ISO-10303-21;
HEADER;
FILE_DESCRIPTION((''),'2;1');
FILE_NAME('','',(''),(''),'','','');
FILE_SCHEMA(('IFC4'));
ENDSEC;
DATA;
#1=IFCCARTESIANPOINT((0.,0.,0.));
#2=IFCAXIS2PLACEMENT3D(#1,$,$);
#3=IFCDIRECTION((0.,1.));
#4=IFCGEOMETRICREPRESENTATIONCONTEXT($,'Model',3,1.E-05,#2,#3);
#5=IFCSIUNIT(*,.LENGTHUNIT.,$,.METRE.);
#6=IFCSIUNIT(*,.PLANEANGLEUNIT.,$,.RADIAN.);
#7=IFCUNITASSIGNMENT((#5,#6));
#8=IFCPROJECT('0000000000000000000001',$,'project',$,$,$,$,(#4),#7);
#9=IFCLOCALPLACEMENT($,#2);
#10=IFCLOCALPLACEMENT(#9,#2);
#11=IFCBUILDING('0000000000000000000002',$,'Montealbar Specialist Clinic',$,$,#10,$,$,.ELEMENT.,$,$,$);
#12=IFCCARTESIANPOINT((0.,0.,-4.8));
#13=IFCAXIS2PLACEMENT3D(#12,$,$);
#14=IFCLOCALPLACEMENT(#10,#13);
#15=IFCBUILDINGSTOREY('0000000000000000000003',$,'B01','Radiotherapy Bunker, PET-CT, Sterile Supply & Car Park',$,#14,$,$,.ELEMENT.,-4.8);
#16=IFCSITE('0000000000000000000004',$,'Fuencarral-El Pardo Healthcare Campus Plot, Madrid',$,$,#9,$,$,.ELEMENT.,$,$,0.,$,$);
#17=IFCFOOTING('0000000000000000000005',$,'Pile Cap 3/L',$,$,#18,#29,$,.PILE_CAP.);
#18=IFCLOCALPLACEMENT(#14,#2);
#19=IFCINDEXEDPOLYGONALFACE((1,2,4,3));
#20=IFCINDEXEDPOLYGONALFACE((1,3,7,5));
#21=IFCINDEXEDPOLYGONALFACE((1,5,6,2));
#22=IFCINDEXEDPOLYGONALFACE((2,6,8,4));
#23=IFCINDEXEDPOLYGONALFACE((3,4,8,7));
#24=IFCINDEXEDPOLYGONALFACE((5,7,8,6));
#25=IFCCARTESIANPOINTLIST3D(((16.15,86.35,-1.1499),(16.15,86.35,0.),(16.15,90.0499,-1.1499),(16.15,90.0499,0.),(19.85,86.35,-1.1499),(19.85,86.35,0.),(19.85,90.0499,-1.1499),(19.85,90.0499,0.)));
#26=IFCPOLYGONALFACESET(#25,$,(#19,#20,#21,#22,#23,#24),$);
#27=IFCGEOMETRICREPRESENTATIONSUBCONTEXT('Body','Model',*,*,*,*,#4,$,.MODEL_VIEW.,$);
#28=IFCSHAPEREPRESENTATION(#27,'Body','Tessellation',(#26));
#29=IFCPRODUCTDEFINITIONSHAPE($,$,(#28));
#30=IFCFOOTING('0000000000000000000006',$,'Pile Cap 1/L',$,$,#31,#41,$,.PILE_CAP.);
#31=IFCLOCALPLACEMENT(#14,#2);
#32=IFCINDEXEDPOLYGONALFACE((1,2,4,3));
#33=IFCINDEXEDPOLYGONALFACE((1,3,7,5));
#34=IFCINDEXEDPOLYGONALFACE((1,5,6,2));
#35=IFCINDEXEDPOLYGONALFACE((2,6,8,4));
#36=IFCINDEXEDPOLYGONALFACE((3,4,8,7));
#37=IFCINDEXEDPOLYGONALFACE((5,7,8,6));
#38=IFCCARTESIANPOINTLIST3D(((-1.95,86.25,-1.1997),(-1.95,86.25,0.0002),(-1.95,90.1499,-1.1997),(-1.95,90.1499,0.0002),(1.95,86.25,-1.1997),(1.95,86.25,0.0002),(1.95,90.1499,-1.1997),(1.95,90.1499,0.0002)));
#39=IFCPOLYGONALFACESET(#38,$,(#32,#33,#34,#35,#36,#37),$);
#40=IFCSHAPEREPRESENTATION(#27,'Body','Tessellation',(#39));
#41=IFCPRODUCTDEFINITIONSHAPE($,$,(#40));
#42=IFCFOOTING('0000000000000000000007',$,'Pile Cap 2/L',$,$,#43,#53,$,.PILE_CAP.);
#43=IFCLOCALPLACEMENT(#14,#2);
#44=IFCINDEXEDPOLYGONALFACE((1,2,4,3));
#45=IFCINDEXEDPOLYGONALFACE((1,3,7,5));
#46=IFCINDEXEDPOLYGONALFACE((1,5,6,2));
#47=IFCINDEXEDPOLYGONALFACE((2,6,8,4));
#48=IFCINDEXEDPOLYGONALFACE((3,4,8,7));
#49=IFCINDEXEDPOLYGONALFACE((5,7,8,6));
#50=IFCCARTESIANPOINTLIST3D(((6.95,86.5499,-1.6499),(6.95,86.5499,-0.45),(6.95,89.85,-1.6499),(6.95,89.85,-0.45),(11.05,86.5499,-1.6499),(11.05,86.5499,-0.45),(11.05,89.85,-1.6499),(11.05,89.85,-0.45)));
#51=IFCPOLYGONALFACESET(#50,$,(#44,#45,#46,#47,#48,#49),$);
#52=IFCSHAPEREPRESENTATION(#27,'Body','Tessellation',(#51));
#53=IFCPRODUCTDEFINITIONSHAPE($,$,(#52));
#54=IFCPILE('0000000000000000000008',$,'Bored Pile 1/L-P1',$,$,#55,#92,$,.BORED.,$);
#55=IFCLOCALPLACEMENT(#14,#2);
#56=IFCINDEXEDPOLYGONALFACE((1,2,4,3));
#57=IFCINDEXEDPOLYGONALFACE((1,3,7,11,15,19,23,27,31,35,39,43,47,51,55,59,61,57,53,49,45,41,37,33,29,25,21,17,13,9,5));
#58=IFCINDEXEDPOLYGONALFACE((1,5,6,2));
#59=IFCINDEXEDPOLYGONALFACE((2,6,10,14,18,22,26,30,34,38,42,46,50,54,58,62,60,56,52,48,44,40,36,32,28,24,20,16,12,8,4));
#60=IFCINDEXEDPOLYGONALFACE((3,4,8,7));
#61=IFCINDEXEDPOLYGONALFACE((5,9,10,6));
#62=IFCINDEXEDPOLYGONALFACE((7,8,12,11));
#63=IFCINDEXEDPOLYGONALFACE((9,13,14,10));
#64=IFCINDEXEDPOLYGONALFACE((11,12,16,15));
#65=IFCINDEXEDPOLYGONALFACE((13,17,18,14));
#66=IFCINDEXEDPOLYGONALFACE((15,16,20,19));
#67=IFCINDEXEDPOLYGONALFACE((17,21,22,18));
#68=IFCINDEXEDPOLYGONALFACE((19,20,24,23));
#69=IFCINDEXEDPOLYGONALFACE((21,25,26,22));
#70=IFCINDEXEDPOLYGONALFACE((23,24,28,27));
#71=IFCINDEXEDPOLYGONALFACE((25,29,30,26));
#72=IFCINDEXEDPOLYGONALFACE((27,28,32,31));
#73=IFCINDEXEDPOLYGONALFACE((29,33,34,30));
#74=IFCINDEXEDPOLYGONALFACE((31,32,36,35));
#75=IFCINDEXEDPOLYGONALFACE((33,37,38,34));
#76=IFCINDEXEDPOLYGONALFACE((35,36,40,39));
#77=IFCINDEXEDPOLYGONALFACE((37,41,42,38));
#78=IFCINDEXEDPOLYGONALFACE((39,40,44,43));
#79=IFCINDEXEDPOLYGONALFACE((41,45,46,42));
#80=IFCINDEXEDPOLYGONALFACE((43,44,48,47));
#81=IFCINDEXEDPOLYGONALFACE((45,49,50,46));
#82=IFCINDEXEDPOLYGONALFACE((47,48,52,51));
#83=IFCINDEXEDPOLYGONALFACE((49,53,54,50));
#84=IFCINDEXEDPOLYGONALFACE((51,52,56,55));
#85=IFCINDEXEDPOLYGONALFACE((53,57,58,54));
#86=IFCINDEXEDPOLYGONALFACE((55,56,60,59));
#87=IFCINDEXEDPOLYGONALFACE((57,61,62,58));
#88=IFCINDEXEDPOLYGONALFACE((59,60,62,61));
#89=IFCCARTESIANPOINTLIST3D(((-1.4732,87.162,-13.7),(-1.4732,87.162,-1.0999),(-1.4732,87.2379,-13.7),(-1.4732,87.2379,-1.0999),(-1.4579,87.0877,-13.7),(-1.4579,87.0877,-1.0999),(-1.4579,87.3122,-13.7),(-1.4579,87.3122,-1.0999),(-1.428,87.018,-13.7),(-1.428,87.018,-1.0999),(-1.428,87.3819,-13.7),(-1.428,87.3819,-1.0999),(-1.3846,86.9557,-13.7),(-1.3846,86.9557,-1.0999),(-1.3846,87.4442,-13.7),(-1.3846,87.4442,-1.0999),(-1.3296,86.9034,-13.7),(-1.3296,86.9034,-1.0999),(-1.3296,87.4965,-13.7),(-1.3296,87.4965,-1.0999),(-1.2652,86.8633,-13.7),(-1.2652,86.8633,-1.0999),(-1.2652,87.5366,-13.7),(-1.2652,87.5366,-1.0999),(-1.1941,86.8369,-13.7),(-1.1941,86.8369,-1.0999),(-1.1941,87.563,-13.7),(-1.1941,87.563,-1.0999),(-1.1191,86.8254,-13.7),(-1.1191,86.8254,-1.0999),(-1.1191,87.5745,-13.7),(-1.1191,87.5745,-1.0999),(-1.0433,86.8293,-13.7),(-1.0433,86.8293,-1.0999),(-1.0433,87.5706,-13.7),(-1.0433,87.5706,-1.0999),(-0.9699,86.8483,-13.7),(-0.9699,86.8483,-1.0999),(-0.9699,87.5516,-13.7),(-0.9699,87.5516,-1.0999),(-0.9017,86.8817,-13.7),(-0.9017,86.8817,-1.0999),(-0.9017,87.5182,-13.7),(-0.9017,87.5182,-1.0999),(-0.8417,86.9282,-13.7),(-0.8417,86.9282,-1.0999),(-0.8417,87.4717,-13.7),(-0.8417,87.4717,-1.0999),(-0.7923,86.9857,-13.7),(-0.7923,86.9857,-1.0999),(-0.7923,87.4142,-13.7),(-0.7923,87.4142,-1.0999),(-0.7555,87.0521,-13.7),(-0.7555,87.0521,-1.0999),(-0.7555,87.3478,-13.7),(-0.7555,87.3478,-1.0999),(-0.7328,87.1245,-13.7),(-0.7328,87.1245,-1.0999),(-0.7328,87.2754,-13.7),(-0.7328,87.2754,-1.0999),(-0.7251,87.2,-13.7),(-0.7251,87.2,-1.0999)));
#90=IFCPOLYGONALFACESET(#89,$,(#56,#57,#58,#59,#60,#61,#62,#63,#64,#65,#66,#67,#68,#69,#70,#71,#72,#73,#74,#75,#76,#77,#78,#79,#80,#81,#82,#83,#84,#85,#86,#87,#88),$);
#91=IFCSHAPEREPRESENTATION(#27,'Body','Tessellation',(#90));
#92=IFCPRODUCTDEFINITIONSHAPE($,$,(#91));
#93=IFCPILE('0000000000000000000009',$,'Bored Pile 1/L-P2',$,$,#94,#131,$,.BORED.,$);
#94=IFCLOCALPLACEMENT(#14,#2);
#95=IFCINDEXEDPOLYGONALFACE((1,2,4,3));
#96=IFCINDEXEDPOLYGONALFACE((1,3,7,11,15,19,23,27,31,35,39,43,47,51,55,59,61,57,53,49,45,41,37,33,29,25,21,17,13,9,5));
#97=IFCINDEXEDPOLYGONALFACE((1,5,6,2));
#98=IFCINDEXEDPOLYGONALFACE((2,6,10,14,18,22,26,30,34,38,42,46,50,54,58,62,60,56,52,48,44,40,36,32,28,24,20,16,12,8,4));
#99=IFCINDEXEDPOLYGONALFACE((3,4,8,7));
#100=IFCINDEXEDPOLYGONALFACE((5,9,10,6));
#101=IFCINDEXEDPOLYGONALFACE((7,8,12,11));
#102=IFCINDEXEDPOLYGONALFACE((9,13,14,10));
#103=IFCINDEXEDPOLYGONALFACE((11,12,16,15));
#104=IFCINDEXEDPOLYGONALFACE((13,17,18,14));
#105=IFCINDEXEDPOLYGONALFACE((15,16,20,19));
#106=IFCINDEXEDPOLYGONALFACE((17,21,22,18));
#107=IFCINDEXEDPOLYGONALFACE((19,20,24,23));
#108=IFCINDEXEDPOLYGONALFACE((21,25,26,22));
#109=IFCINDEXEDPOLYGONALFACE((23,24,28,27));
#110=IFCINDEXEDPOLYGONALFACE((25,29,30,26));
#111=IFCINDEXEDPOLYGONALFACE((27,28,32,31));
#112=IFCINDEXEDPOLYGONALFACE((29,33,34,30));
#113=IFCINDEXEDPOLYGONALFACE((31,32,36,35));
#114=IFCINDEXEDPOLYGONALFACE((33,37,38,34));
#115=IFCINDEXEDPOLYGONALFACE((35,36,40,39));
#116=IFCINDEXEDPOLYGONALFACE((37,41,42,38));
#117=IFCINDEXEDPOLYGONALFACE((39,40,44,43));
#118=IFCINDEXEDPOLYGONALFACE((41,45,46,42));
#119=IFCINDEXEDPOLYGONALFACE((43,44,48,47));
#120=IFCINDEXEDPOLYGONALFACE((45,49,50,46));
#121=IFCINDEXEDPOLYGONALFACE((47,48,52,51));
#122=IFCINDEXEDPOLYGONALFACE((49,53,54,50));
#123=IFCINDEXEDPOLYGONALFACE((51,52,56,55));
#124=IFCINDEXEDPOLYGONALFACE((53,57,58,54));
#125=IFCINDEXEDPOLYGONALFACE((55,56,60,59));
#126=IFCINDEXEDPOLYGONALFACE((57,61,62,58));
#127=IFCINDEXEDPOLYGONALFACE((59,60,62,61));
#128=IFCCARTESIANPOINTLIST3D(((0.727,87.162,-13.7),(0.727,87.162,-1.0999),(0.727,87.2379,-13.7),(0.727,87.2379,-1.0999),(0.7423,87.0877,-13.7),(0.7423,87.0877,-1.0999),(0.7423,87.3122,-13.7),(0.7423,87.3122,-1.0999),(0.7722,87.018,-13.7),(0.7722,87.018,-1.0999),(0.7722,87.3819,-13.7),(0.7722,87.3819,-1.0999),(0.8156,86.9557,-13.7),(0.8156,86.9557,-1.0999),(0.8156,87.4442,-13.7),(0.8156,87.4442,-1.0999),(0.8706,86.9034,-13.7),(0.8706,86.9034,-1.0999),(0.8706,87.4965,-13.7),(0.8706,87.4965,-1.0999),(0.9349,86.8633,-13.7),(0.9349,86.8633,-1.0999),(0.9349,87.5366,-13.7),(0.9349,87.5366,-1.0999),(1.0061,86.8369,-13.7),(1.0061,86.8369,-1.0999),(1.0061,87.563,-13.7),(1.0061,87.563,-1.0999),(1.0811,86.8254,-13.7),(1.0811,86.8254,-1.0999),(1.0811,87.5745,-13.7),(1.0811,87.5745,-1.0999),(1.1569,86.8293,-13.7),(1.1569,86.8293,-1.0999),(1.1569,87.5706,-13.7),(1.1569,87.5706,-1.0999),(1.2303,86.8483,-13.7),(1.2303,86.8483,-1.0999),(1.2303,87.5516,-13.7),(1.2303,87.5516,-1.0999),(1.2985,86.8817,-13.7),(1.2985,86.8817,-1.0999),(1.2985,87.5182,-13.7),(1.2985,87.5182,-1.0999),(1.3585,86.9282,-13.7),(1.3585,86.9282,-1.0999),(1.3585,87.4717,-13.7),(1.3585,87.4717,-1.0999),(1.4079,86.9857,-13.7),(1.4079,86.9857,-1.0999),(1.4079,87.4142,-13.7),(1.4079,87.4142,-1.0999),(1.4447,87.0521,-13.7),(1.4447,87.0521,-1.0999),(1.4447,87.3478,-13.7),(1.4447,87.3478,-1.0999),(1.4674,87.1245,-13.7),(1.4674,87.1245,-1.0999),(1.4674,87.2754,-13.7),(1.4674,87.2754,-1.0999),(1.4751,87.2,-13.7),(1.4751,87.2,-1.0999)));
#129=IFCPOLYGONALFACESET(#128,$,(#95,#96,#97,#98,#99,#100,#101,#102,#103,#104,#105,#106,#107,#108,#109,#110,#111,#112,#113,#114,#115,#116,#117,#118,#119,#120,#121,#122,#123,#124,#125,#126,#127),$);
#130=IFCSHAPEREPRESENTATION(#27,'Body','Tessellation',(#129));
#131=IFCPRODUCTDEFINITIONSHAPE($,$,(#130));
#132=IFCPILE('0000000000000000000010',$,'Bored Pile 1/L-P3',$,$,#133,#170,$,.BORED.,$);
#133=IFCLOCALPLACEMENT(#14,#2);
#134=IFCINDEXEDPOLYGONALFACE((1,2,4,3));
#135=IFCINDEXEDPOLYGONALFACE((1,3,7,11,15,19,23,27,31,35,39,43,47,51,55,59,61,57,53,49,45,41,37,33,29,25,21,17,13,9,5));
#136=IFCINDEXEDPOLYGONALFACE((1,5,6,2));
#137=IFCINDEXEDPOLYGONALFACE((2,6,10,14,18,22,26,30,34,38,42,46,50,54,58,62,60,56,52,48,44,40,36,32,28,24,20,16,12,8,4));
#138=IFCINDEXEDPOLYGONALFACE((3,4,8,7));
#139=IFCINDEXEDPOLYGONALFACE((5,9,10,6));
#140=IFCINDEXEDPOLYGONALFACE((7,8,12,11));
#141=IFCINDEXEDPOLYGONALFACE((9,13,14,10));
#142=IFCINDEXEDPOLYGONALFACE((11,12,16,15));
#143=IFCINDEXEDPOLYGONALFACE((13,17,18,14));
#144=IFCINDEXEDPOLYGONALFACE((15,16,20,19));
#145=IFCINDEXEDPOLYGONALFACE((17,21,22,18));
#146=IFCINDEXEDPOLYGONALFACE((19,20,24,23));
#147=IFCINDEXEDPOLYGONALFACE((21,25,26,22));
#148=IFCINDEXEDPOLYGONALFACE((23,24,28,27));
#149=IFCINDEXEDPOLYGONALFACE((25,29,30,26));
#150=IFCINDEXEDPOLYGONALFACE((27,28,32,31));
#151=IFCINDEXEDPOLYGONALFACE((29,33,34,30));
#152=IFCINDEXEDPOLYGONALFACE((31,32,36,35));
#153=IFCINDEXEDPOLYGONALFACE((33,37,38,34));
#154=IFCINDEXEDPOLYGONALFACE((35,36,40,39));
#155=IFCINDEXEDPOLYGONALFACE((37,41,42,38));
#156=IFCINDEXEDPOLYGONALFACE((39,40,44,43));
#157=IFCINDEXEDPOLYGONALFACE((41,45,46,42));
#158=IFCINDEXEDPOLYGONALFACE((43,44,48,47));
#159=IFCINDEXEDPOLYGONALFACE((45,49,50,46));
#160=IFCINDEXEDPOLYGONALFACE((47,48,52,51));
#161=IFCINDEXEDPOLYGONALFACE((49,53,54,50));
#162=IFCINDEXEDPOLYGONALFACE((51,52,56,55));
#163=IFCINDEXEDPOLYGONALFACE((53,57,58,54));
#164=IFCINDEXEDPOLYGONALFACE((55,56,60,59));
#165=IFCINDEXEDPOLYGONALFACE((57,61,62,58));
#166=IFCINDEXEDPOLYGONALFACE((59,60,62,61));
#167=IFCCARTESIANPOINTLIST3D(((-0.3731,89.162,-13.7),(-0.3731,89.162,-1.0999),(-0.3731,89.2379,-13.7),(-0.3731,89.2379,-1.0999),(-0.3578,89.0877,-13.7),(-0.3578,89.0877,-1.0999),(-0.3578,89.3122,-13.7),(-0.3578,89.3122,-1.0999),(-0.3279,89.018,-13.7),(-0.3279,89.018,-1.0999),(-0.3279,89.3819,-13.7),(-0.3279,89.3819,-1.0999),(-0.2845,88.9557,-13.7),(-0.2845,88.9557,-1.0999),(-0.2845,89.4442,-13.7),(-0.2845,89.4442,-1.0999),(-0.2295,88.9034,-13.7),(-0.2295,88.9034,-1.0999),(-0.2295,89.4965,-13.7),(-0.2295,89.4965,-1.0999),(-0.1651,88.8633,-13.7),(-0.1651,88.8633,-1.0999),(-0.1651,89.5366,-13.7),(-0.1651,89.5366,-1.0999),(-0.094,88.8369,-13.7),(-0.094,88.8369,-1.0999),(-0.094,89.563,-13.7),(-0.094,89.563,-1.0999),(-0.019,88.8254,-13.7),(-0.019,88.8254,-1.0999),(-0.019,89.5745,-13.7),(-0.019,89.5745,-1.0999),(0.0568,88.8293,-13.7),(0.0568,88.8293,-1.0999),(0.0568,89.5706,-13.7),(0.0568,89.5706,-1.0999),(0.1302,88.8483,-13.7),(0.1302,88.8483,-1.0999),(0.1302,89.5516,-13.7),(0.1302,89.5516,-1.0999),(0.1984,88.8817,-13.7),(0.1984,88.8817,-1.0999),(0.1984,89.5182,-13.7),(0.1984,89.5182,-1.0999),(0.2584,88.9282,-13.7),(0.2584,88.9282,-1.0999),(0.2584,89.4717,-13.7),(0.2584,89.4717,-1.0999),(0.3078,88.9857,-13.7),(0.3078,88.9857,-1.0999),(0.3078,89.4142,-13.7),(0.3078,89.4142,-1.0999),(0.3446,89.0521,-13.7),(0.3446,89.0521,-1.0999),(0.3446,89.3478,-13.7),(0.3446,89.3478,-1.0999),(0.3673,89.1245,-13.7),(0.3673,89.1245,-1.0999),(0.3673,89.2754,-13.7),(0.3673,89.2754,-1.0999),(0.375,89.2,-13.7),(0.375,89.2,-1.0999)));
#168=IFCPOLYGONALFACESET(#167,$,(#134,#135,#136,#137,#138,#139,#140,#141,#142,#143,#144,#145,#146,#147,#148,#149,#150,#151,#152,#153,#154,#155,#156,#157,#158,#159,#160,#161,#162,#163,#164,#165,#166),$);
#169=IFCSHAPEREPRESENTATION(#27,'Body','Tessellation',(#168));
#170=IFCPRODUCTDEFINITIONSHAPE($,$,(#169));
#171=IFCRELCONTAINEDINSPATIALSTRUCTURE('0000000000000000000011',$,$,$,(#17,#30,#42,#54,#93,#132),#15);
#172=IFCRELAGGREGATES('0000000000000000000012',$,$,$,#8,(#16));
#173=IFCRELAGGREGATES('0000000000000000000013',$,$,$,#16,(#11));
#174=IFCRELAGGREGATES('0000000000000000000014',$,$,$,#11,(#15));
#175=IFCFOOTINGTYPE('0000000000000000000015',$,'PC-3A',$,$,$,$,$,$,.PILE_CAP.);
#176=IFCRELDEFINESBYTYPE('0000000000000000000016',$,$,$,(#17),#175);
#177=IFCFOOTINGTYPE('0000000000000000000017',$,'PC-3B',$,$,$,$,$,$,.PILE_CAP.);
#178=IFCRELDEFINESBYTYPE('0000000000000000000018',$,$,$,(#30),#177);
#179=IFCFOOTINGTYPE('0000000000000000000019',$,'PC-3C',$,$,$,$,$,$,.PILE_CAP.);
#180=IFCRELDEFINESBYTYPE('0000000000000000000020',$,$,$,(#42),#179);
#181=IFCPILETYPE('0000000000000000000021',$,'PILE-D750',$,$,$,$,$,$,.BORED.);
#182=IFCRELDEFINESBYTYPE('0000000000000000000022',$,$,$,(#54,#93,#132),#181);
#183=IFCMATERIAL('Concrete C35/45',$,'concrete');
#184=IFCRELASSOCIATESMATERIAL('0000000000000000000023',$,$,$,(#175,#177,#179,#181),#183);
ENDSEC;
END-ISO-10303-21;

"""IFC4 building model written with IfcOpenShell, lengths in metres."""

from ifc_helpers import new_model, si_unit, direction, frame, origin, origin_2d, place, context, subcontext, project, spatial, rectangle, circle, extrude, material, material_profile, profile_set, type_object, element, save


model = new_model("IFC4")

# Units and contexts
model_context = context("Model", 3, precision=1e-05, world=origin(), true_north=direction((0.0, 1.0)))
body_context = subcontext(model_context, "Body", "Model", "MODEL_VIEW")
ifc_project = project(units=[si_unit("LENGTHUNIT", "METRE"), si_unit("PLANEANGLEUNIT", "RADIAN")], contexts=[model_context])

# Site, building, storey
site_placement = place(None, origin())
site = spatial("IfcSite", under=ifc_project, at=site_placement, Name="Fuencarral-El Pardo Healthcare Campus Plot, Madrid", CompositionType="ELEMENT", RefElevation=0.0)
building_placement = place(site_placement, origin())
building = spatial("IfcBuilding", under=site, at=building_placement, Name="Montealbar Specialist Clinic", CompositionType="ELEMENT")
storey_placement = place(building_placement, frame((0.0, 0.0, -4.8)))
storey = spatial("IfcBuildingStorey", under=building, at=storey_placement, Name="B01", Description="Radiotherapy Bunker, PET-CT, Sterile Supply & Car Park", CompositionType="ELEMENT", Elevation=-4.8)

# Footings
ifc_material_1 = material(Name="Concrete C35/45", Category="concrete")
footing_type_1 = type_object("IfcFootingType", Name="PC-3A", PredefinedType="PILE_CAP", material=ifc_material_1)
footing_1_placement = place(storey_placement, frame((18.0, 88.2, -1.1499), z_axis=(0.0, 0.0, 1.0), x_axis=(1.0, 0.0, 0.0)))
element("IfcFooting", 1, at=footing_1_placement, inside=storey, type_object=footing_type_1, Name="Pile Cap 3/L", PredefinedType="PILE_CAP", context=body_context, shape_type="SweptSolid", body=[
    extrude(rectangle(XDim=3.7, YDim=3.7, at=origin_2d()), origin(), (0.0, 0.0, 1.0), 1.1499),
])
footing_type_2 = type_object("IfcFootingType", Name="PC-3B", PredefinedType="PILE_CAP", material=ifc_material_1)
footing_2_placement = place(storey_placement, frame((0.0, 88.2, -1.1997), z_axis=(0.0, 0.0, 1.0), x_axis=(1.0, 0.0, 0.0)))
element("IfcFooting", 2, at=footing_2_placement, inside=storey, type_object=footing_type_2, Name="Pile Cap 1/L", PredefinedType="PILE_CAP", context=body_context, shape_type="SweptSolid", body=[
    extrude(rectangle(XDim=3.8999, YDim=3.8999, at=origin_2d()), origin(), (0.0, 0.0, 1.0), 1.2),
])
footing_type_3 = type_object("IfcFootingType", Name="PC-3C", PredefinedType="PILE_CAP", material=ifc_material_1)
footing_3_placement = place(storey_placement, frame((9.0, 88.2, -1.6499), z_axis=(0.0, 0.0, 1.0), x_axis=(1.0, 0.0, 0.0)))
element("IfcFooting", 3, at=footing_3_placement, inside=storey, type_object=footing_type_3, Name="Pile Cap 2/L", PredefinedType="PILE_CAP", context=body_context, shape_type="SweptSolid", body=[
    extrude(rectangle(XDim=4.1001, YDim=3.3, at=origin_2d()), origin(), (0.0, 0.0, 1.0), 1.2),
])

# Piles
ifc_material_profile_1 = material_profile(ifc_material_1, circle(Radius=0.375, at=origin_2d()), Name="PILE D750", Category="concrete")
ifc_profile_set_1 = profile_set([ifc_material_profile_1], Name="Concrete C35/45")
pile_type_1 = type_object("IfcPileType", Name="PILE-D750", PredefinedType="BORED", material=ifc_profile_set_1)
for number, where, z_axis, x_axis, name in (
    (4, (-1.1001, 87.2, -1.0999), (0.0, 0.0, -1.0), (1.0, 0.0, 0.0), "Bored Pile 1/L-P1"),
    (5, (1.1001, 87.2, -1.0999), (0.0, 0.0, -1.0), (1.0, 0.0, 0.0), "Bored Pile 1/L-P2"),
    (6, (0.0, 89.2, -1.0999), (0.0, 0.0, -1.0), (1.0, 0.0, 0.0), "Bored Pile 1/L-P3"),
):
    element("IfcPile", number, at=place(storey_placement, frame(where, z_axis=z_axis, x_axis=x_axis)), inside=storey, type_object=pile_type_1, Name=name, PredefinedType="BORED", context=body_context, shape_type="SweptSolid", body=[
        extrude(circle(Radius=0.375, at=origin_2d()), origin(), (0.0, 0.0, 1.0), 12.6001),
    ])

save(model, "model.ifc")
